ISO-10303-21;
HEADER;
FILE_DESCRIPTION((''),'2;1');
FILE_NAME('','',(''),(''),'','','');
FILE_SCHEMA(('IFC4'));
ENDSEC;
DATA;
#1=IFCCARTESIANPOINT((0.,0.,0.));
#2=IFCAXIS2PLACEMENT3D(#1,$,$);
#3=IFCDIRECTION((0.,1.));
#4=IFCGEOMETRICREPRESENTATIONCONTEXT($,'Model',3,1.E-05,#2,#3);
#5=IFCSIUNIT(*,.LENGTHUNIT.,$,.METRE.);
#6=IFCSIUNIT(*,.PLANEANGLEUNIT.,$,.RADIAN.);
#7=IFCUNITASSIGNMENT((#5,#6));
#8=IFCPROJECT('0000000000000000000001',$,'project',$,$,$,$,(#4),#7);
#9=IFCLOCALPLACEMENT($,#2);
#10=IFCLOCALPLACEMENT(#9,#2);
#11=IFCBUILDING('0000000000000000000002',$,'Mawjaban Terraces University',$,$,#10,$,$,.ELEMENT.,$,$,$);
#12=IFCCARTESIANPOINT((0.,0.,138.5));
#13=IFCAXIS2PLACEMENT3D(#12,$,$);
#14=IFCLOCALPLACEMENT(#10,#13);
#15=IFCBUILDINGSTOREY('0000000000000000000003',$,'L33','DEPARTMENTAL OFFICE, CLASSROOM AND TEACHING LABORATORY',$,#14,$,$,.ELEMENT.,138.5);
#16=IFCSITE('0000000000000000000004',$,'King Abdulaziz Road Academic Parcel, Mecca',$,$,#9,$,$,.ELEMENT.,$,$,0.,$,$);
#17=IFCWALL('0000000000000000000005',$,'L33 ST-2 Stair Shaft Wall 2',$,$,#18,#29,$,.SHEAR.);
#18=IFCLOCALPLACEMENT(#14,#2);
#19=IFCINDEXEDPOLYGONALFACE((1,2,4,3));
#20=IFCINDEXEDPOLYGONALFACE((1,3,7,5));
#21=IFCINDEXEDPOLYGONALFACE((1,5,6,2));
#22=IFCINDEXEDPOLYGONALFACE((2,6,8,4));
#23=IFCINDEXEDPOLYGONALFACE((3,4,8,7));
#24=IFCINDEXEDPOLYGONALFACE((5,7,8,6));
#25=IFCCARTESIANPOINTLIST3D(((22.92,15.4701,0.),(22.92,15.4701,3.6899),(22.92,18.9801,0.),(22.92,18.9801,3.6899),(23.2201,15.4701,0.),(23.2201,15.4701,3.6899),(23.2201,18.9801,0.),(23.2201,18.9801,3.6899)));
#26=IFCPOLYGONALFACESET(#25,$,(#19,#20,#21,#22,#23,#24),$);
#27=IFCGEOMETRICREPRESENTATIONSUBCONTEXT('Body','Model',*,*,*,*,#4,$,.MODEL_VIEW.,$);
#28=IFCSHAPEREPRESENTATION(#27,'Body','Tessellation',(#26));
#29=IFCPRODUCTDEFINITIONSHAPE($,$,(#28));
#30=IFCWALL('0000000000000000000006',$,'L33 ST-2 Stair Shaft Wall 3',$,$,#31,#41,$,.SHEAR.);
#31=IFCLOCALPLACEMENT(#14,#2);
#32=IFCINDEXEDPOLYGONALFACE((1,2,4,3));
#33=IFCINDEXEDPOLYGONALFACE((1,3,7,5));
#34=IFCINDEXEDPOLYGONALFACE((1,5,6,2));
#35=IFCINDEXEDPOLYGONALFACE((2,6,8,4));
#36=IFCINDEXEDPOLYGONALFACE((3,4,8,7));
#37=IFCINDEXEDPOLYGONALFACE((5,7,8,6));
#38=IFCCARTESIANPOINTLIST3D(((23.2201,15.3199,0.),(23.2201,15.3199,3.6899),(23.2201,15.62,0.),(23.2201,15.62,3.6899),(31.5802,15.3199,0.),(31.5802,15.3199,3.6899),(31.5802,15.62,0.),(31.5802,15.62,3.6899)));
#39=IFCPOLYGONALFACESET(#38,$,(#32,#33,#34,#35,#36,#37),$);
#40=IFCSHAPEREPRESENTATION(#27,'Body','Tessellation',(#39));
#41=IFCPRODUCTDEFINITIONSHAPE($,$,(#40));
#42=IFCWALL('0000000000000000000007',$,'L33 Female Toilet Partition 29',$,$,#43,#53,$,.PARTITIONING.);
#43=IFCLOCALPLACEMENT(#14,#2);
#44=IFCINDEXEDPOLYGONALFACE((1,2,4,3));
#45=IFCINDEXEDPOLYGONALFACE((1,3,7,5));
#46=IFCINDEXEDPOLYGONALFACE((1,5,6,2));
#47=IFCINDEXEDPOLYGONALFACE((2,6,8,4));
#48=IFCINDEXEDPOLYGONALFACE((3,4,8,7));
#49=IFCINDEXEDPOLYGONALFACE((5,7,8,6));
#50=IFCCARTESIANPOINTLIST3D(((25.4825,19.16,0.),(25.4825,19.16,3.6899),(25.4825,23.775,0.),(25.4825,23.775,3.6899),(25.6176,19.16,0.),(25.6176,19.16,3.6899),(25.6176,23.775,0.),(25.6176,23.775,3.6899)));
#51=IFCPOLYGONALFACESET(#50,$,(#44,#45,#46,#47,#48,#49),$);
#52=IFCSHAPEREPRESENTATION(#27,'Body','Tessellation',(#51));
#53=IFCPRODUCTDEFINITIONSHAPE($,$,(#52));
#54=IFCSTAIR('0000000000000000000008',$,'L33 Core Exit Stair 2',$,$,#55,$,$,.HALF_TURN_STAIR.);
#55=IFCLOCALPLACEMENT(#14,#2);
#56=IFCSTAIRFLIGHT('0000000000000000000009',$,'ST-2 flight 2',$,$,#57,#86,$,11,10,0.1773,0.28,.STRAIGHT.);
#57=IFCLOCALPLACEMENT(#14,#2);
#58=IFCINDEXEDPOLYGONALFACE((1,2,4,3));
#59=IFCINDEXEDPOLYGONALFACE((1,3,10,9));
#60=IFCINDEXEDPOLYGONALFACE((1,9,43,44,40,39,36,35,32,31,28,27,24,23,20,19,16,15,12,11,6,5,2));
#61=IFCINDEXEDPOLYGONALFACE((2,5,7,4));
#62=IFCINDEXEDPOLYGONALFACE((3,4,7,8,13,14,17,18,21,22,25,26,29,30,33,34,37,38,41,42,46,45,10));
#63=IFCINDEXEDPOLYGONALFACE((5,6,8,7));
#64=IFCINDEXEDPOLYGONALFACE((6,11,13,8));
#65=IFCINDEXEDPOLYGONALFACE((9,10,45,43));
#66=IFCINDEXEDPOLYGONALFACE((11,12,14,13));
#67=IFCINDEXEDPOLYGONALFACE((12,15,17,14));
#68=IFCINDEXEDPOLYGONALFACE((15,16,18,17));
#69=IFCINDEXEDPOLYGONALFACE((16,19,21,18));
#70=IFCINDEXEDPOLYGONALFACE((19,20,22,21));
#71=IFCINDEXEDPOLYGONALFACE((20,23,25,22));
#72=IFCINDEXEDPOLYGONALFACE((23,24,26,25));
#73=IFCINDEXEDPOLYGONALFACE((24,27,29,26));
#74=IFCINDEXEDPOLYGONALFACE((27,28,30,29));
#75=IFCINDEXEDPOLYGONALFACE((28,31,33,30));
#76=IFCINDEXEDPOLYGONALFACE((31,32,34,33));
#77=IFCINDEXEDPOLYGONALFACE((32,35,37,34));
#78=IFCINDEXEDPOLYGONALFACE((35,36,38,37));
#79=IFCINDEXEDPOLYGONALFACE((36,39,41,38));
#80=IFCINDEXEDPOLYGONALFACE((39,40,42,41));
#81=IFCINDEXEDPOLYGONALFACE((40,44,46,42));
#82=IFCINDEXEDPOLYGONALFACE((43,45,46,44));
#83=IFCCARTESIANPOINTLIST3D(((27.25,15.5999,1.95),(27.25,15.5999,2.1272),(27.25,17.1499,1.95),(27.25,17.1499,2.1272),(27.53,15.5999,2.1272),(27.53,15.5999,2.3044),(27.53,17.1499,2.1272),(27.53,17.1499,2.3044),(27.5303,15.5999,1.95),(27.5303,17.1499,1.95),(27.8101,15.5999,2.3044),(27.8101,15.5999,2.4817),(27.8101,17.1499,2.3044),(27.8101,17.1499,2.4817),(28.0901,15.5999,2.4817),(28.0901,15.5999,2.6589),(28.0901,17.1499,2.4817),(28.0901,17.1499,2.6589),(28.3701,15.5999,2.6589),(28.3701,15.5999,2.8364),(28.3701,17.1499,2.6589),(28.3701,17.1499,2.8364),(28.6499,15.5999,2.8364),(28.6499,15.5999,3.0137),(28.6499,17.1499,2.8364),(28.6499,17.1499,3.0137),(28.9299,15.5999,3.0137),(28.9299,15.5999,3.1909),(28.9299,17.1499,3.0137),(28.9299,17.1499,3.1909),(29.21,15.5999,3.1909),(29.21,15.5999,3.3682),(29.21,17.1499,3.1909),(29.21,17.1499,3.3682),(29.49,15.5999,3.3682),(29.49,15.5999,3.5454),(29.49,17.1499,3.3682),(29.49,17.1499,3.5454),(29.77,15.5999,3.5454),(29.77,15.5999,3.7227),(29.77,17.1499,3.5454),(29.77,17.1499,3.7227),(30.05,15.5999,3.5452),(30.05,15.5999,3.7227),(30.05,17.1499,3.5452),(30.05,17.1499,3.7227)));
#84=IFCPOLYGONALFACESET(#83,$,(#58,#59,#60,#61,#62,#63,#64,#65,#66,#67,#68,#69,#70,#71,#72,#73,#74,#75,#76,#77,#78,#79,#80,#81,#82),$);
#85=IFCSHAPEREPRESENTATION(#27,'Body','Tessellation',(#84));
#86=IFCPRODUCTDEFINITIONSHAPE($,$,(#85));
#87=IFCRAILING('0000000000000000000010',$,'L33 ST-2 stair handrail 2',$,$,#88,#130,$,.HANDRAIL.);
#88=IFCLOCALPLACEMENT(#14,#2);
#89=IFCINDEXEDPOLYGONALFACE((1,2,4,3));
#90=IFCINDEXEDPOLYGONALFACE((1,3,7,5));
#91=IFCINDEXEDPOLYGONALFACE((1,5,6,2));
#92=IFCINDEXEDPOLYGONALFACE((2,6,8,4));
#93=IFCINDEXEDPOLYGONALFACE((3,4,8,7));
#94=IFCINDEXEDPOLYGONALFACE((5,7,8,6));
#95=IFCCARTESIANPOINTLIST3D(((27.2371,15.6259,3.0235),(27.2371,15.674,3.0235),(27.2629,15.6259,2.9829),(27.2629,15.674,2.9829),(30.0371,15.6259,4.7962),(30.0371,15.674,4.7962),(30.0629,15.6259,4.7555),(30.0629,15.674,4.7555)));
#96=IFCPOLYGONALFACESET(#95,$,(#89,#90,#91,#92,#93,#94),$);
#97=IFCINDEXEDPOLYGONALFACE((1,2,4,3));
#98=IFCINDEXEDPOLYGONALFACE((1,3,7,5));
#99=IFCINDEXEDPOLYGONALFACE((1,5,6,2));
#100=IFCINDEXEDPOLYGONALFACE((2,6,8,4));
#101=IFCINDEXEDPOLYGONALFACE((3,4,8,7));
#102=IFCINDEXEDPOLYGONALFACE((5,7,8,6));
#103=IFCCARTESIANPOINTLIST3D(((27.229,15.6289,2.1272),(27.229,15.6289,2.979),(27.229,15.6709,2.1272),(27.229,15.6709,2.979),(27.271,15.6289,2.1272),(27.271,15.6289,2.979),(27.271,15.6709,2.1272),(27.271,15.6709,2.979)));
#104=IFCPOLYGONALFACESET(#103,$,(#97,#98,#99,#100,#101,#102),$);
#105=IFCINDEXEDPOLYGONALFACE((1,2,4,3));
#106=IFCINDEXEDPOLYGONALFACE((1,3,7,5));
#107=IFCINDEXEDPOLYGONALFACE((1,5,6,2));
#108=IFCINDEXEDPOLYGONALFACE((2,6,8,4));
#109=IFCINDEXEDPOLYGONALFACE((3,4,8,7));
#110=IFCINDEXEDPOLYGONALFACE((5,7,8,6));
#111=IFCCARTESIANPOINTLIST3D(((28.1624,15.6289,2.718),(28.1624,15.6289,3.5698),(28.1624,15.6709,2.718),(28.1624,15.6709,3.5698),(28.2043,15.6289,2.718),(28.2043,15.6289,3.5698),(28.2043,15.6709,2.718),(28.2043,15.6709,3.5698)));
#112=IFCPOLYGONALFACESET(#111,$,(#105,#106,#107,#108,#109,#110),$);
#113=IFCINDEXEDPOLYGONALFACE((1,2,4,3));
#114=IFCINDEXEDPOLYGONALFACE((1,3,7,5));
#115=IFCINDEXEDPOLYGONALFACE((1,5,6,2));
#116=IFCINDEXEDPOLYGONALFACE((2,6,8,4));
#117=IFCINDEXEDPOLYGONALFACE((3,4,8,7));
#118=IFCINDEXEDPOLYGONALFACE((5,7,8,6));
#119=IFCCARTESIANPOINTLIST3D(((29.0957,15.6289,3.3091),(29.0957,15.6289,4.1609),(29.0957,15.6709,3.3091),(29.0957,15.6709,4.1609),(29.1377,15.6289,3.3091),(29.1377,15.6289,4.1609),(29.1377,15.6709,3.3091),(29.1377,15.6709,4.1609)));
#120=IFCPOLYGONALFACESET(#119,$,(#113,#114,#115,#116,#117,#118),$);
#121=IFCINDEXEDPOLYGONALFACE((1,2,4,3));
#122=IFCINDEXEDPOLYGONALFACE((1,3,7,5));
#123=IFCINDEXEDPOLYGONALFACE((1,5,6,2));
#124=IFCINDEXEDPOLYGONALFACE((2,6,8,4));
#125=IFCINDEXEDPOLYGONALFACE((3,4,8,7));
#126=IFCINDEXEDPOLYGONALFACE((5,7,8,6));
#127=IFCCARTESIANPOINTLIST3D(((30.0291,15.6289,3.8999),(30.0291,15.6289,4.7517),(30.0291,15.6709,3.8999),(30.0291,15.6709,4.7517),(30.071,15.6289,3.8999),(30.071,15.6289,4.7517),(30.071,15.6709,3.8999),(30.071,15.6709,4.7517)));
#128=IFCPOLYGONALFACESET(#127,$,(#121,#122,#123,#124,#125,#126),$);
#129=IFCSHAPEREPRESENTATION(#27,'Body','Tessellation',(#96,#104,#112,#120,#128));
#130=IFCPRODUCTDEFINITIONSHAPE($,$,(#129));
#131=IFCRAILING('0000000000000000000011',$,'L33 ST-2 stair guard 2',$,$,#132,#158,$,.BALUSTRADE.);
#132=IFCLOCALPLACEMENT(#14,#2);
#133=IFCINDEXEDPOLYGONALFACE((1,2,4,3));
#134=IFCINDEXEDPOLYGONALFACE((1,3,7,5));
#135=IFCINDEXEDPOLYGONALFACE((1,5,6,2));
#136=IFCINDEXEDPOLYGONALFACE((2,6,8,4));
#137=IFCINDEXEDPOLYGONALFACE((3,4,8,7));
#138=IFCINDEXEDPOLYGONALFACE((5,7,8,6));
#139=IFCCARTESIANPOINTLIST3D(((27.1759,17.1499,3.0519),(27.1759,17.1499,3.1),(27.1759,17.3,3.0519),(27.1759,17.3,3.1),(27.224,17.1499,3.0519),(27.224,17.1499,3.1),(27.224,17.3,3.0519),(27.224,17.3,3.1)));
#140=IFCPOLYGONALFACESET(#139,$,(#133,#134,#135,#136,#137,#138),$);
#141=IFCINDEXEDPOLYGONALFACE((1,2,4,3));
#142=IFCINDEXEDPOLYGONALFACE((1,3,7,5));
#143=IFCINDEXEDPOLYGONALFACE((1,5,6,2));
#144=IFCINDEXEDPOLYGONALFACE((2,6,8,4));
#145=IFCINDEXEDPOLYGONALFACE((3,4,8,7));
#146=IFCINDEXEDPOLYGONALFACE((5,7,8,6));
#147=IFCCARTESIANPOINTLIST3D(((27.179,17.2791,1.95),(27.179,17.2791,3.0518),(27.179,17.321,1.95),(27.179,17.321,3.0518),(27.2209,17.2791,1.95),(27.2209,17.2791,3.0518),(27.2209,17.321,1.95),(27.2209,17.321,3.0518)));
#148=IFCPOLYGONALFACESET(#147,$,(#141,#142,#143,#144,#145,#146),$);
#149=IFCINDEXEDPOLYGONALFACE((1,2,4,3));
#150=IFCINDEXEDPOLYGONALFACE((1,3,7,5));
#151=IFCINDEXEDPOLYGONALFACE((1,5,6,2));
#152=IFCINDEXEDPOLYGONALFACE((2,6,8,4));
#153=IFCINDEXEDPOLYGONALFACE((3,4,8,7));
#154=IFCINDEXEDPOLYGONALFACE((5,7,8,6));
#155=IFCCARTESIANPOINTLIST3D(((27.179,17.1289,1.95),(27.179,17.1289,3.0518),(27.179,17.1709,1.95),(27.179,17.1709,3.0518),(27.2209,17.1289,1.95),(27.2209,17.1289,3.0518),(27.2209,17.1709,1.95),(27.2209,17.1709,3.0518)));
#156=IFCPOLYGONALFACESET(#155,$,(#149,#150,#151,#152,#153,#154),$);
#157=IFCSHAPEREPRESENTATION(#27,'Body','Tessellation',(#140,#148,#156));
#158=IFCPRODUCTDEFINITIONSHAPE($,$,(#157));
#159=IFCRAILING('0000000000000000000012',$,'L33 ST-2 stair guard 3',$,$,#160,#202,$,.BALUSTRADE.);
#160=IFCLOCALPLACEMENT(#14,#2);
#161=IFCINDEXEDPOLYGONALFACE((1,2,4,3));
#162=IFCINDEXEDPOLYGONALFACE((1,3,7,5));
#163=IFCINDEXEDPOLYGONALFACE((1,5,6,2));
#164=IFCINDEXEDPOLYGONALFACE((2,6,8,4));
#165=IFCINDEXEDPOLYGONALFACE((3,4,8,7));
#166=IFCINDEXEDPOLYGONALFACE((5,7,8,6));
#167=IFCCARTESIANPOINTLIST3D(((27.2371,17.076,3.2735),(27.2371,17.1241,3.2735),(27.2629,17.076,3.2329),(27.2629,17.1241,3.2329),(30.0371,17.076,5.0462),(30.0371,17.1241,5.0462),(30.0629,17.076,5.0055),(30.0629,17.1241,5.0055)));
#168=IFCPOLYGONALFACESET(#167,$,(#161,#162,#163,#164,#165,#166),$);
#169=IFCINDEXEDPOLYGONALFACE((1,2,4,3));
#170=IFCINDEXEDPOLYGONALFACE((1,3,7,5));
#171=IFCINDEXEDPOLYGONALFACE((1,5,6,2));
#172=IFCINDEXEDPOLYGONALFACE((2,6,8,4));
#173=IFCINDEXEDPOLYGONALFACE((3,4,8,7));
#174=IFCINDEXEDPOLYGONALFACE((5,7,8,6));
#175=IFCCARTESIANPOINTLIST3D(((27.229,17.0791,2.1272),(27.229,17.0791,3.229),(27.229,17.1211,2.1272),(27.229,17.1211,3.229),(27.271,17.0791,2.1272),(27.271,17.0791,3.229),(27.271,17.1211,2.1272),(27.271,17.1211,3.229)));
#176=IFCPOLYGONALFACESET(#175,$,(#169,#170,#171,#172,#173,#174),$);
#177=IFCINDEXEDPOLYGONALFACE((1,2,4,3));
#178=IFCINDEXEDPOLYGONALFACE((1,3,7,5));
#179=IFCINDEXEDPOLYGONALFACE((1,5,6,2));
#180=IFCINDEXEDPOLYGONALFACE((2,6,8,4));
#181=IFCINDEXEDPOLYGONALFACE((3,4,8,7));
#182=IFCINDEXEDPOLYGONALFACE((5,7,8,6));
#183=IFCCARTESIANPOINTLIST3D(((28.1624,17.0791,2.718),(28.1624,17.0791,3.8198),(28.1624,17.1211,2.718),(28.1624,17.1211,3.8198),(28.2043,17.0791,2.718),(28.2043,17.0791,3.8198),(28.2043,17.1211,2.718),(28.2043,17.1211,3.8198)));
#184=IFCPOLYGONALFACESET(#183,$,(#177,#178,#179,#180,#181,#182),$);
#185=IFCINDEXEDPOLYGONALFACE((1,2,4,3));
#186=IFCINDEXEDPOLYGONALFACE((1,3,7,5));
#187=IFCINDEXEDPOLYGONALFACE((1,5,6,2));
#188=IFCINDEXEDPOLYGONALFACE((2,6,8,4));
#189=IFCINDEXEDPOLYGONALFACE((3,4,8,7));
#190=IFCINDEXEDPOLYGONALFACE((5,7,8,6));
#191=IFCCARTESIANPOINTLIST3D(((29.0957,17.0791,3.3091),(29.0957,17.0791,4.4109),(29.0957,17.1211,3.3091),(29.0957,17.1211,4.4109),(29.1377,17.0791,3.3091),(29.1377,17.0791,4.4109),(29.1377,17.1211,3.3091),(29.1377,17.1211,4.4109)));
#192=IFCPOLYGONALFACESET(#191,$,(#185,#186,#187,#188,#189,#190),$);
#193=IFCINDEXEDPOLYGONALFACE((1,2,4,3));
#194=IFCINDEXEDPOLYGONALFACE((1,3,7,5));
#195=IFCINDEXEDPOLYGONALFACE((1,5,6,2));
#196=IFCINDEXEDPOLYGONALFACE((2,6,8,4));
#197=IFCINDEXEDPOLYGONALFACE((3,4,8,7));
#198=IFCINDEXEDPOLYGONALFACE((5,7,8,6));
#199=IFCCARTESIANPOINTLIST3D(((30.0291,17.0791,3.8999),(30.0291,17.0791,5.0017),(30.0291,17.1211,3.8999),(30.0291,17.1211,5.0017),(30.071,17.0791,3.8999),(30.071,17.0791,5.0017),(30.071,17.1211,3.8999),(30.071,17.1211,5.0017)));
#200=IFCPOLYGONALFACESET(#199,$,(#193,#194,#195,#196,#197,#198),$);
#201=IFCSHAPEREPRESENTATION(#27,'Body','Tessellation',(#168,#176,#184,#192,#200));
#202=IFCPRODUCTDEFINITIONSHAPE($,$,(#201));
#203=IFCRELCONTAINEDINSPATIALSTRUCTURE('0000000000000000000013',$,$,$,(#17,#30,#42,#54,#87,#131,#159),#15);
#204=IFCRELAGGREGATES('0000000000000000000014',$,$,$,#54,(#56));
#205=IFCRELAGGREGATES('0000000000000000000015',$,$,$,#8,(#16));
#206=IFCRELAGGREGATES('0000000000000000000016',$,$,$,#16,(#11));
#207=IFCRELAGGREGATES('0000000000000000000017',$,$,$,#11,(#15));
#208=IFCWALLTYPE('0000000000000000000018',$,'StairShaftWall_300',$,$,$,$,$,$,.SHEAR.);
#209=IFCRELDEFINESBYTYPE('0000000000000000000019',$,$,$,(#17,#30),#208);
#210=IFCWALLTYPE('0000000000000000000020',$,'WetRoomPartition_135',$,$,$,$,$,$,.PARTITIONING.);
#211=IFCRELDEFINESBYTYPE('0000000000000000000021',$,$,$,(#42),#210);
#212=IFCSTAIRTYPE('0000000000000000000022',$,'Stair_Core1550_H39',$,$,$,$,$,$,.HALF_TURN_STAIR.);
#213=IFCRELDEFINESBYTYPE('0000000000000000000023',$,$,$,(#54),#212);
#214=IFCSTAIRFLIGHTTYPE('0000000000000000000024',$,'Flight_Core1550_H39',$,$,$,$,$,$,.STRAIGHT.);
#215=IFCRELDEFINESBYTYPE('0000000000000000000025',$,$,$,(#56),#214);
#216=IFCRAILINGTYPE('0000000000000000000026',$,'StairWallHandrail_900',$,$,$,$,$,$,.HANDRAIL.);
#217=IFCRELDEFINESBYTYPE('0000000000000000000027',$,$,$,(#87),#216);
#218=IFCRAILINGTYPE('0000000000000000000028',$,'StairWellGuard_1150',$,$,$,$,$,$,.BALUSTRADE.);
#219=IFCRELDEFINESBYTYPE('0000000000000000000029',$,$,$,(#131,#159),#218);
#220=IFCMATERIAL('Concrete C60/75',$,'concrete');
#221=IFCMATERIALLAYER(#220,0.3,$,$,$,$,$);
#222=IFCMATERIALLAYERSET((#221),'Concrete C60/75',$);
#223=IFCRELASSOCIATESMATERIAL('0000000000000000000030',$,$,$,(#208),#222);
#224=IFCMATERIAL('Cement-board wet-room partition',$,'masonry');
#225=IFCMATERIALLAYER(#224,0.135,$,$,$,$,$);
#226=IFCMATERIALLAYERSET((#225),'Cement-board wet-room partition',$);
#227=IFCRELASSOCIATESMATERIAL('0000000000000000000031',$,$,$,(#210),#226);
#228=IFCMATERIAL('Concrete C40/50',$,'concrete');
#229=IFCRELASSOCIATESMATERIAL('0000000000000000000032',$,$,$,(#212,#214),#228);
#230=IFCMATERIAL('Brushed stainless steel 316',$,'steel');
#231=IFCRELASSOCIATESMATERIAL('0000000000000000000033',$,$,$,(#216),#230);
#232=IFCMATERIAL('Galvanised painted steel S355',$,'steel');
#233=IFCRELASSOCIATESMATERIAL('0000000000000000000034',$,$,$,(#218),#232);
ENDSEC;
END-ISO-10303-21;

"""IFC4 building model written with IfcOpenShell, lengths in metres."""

from ifc_helpers import new_model, si_unit, direction, frame, frame_2d, origin, origin_2d, place, context, subcontext, project, spatial, polyline, rectangle, outline, extrude, material, layer, layer_set, type_object, element, aggregate, save


model = new_model("IFC4")

# Units and contexts
model_context = context("Model", 3, precision=1e-05, world=origin(), true_north=direction((0.0, 1.0)))
body_context = subcontext(model_context, "Body", "Model", "MODEL_VIEW")
ifc_project = project(units=[si_unit("LENGTHUNIT", "METRE"), si_unit("PLANEANGLEUNIT", "RADIAN")], contexts=[model_context])

# Site, building, storey
site_placement = place(None, origin())
site = spatial("IfcSite", under=ifc_project, at=site_placement, Name="King Abdulaziz Road Academic Parcel, Mecca", CompositionType="ELEMENT", RefElevation=0.0)
building_placement = place(site_placement, origin())
building = spatial("IfcBuilding", under=site, at=building_placement, Name="Mawjaban Terraces University", CompositionType="ELEMENT")
storey_placement = place(building_placement, frame((0.0, 0.0, 138.5)))
storey = spatial("IfcBuildingStorey", under=building, at=storey_placement, Name="L33", Description="DEPARTMENTAL OFFICE, CLASSROOM AND TEACHING LABORATORY", CompositionType="ELEMENT", Elevation=138.5)

# Shared definitions
ifc_material_1 = material(Name="Concrete C60/75", Category="concrete")

# Walls
ifc_material_2 = material(Name="Concrete C40/50", Category="concrete")
ifc_layer_1 = layer(ifc_material_1, 0.3)
ifc_layer_set_1 = layer_set([ifc_layer_1], Name="Concrete C60/75")
wall_type_1 = type_object("IfcWallType", Name="StairShaftWall_300", PredefinedType="SHEAR", material=ifc_layer_set_1)
wall_1_placement = place(storey_placement, frame((23.0701, 18.98, 0.0), z_axis=(0.0, 0.0, 1.0), x_axis=(0.0, -1.0, 0.0)))
element("IfcWall", 1, at=wall_1_placement, inside=storey, type_object=wall_type_1, Name="L33 ST-2 Stair Shaft Wall 2", PredefinedType="SHEAR", context=body_context, shape_type="SweptSolid", body=[
    extrude(rectangle(XDim=3.51, YDim=0.3, at=frame_2d((1.7549, 0.0))), origin(), (0.0, 0.0, 1.0), 3.6899),
])
wall_2_placement = place(storey_placement, frame((23.22, 15.47, 0.0), z_axis=(0.0, 0.0, 1.0), x_axis=(1.0, 0.0, 0.0)))
element("IfcWall", 2, at=wall_2_placement, inside=storey, type_object=wall_type_1, Name="L33 ST-2 Stair Shaft Wall 3", PredefinedType="SHEAR", context=body_context, shape_type="SweptSolid", body=[
    extrude(rectangle(XDim=8.3601, YDim=0.3, at=frame_2d((4.1802, 0.0))), origin(), (0.0, 0.0, 1.0), 3.6899),
])
ifc_material_3 = material(Name="Cement-board wet-room partition", Category="masonry")
ifc_layer_2 = layer(ifc_material_3, 0.135)
ifc_layer_set_2 = layer_set([ifc_layer_2], Name="Cement-board wet-room partition")
wall_type_2 = type_object("IfcWallType", Name="WetRoomPartition_135", PredefinedType="PARTITIONING", material=ifc_layer_set_2)
wall_3_placement = place(storey_placement, frame((25.55, 19.1599, 0.0), z_axis=(0.0, 0.0, 1.0), x_axis=(0.0, 1.0, 0.0)))
element("IfcWall", 3, at=wall_3_placement, inside=storey, type_object=wall_type_2, Name="L33 Female Toilet Partition 29", PredefinedType="PARTITIONING", context=body_context, shape_type="SweptSolid", body=[
    extrude(rectangle(XDim=4.615, YDim=0.135, at=frame_2d((2.3076, 0.0))), origin(), (0.0, 0.0, 1.0), 3.6899),
])

# Stair, stair flight
stair_type = type_object("IfcStairType", Name="Stair_Core1550_H39", PredefinedType="HALF_TURN_STAIR", material=ifc_material_2)
stair_placement = place(storey_placement, origin())
stair = element("IfcStair", 4, at=stair_placement, inside=storey, type_object=stair_type, Name="L33 Core Exit Stair 2", PredefinedType="HALF_TURN_STAIR")
stair_flight_type = type_object("IfcStairFlightType", Name="Flight_Core1550_H39", PredefinedType="STRAIGHT", material=ifc_material_2)
stair_flight_placement = place(storey_placement, frame((27.25, 16.375, 1.95), z_axis=(0.0, 0.0, 1.0), x_axis=(1.0, 0.0, 0.0)))
stair_flight = element("IfcStairFlight", 5, at=stair_flight_placement, type_object=stair_flight_type, Name="ST-2 flight 2", NumberOfRisers=11, NumberOfTreads=10, PredefinedType="STRAIGHT", RiserHeight=0.1773, TreadLength=0.28, context=body_context, shape_type="SweptSolid", body=[
    extrude(outline(polyline([(0.0, 0.0), (0.0, 0.1772), (0.28, 0.1772), (0.28, 0.3545), (0.5601, 0.3545), (0.5601, 0.5317), (0.8401, 0.5317), (0.8401, 0.709), (1.1201, 0.709), (1.1201, 0.8865), (1.3999, 0.8865), (1.3999, 1.0637), (1.6799, 1.0637), (1.6799, 1.241), (1.96, 1.241), (1.96, 1.4182), (2.24, 1.4182), (2.24, 1.5955), (2.52, 1.5955), (2.52, 1.7727), (2.8, 1.7727), (2.8, 1.95), (2.8, 1.5952), (0.2803, 0.0), (0.0, 0.0)])), frame((0.0, 0.7749, 0.0), z_axis=(0.0, -1.0, 0.0), x_axis=(1.0, 0.0, 0.0)), (0.0, 0.0, 1.0), 1.55),
])
aggregate(stair, [stair_flight])

# Railings
ifc_material_4 = material(Name="Brushed stainless steel 316", Category="steel")
railing_type_1 = type_object("IfcRailingType", Name="StairWallHandrail_900", PredefinedType="HANDRAIL", material=ifc_material_4)
railing_1_placement = place(storey_placement, frame((27.25, 15.6499, 2.1272)))
element("IfcRailing", 6, at=railing_1_placement, inside=storey, type_object=railing_type_1, Name="L33 ST-2 stair handrail 2", PredefinedType="HANDRAIL", context=body_context, shape_type="SweptSolid", body=[
    extrude(rectangle(XDim=0.0481, YDim=0.0481, at=origin_2d()), frame((0.0, 0.0, 0.876), z_axis=(0.844909, 0.0, 0.53491), x_axis=(0.0, 1.0, 0.0)), (0.0, 0.0, 1.0), 3.314),
    extrude(rectangle(XDim=0.042, YDim=0.042, at=origin_2d()), origin(), (0.0, 0.0, 1.0), 0.8518),
    extrude(rectangle(XDim=0.042, YDim=0.042, at=origin_2d()), frame((0.9333, 0.0, 0.5908)), (0.0, 0.0, 1.0), 0.8518),
    extrude(rectangle(XDim=0.042, YDim=0.042, at=origin_2d()), frame((1.8667, 0.0, 1.1819)), (0.0, 0.0, 1.0), 0.8518),
    extrude(rectangle(XDim=0.042, YDim=0.042, at=origin_2d()), frame((2.8, 0.0, 1.7727)), (0.0, 0.0, 1.0), 0.8518),
])
ifc_material_5 = material(Name="Galvanised painted steel S355", Category="steel")
railing_type_2 = type_object("IfcRailingType", Name="StairWellGuard_1150", PredefinedType="BALUSTRADE", material=ifc_material_5)
railing_2_placement = place(storey_placement, frame((27.2, 17.3, 1.95)))
element("IfcRailing", 7, at=railing_2_placement, inside=storey, type_object=railing_type_2, Name="L33 ST-2 stair guard 2", PredefinedType="BALUSTRADE", context=body_context, shape_type="SweptSolid", body=[
    extrude(rectangle(XDim=0.0481, YDim=0.0481, at=origin_2d()), frame((0.0, 0.0, 1.126), z_axis=(0.0, -1.0, 0.0), x_axis=(1.0, 0.0, 0.0)), (0.0, 0.0, 1.0), 0.1501),
    extrude(rectangle(XDim=0.042, YDim=0.042, at=origin_2d()), origin(), (0.0, 0.0, 1.0), 1.1018),
    extrude(rectangle(XDim=0.042, YDim=0.042, at=origin_2d()), frame((0.0, -0.1501, 0.0)), (0.0, 0.0, 1.0), 1.1018),
])
railing_3_placement = place(storey_placement, frame((27.25, 17.1001, 2.1272)))
element("IfcRailing", 8, at=railing_3_placement, inside=storey, type_object=railing_type_2, Name="L33 ST-2 stair guard 3", PredefinedType="BALUSTRADE", context=body_context, shape_type="SweptSolid", body=[
    extrude(rectangle(XDim=0.0481, YDim=0.0481, at=origin_2d()), frame((0.0, 0.0, 1.126), z_axis=(0.844909, 0.0, 0.53491), x_axis=(0.0, 1.0, 0.0)), (0.0, 0.0, 1.0), 3.314),
    extrude(rectangle(XDim=0.042, YDim=0.042, at=origin_2d()), origin(), (0.0, 0.0, 1.0), 1.1018),
    extrude(rectangle(XDim=0.042, YDim=0.042, at=origin_2d()), frame((0.9333, 0.0, 0.5908)), (0.0, 0.0, 1.0), 1.1018),
    extrude(rectangle(XDim=0.042, YDim=0.042, at=origin_2d()), frame((1.8667, 0.0, 1.1819)), (0.0, 0.0, 1.0), 1.1018),
    extrude(rectangle(XDim=0.042, YDim=0.042, at=origin_2d()), frame((2.8, 0.0, 1.7727)), (0.0, 0.0, 1.0), 1.1018),
])

save(model, "model.ifc")
